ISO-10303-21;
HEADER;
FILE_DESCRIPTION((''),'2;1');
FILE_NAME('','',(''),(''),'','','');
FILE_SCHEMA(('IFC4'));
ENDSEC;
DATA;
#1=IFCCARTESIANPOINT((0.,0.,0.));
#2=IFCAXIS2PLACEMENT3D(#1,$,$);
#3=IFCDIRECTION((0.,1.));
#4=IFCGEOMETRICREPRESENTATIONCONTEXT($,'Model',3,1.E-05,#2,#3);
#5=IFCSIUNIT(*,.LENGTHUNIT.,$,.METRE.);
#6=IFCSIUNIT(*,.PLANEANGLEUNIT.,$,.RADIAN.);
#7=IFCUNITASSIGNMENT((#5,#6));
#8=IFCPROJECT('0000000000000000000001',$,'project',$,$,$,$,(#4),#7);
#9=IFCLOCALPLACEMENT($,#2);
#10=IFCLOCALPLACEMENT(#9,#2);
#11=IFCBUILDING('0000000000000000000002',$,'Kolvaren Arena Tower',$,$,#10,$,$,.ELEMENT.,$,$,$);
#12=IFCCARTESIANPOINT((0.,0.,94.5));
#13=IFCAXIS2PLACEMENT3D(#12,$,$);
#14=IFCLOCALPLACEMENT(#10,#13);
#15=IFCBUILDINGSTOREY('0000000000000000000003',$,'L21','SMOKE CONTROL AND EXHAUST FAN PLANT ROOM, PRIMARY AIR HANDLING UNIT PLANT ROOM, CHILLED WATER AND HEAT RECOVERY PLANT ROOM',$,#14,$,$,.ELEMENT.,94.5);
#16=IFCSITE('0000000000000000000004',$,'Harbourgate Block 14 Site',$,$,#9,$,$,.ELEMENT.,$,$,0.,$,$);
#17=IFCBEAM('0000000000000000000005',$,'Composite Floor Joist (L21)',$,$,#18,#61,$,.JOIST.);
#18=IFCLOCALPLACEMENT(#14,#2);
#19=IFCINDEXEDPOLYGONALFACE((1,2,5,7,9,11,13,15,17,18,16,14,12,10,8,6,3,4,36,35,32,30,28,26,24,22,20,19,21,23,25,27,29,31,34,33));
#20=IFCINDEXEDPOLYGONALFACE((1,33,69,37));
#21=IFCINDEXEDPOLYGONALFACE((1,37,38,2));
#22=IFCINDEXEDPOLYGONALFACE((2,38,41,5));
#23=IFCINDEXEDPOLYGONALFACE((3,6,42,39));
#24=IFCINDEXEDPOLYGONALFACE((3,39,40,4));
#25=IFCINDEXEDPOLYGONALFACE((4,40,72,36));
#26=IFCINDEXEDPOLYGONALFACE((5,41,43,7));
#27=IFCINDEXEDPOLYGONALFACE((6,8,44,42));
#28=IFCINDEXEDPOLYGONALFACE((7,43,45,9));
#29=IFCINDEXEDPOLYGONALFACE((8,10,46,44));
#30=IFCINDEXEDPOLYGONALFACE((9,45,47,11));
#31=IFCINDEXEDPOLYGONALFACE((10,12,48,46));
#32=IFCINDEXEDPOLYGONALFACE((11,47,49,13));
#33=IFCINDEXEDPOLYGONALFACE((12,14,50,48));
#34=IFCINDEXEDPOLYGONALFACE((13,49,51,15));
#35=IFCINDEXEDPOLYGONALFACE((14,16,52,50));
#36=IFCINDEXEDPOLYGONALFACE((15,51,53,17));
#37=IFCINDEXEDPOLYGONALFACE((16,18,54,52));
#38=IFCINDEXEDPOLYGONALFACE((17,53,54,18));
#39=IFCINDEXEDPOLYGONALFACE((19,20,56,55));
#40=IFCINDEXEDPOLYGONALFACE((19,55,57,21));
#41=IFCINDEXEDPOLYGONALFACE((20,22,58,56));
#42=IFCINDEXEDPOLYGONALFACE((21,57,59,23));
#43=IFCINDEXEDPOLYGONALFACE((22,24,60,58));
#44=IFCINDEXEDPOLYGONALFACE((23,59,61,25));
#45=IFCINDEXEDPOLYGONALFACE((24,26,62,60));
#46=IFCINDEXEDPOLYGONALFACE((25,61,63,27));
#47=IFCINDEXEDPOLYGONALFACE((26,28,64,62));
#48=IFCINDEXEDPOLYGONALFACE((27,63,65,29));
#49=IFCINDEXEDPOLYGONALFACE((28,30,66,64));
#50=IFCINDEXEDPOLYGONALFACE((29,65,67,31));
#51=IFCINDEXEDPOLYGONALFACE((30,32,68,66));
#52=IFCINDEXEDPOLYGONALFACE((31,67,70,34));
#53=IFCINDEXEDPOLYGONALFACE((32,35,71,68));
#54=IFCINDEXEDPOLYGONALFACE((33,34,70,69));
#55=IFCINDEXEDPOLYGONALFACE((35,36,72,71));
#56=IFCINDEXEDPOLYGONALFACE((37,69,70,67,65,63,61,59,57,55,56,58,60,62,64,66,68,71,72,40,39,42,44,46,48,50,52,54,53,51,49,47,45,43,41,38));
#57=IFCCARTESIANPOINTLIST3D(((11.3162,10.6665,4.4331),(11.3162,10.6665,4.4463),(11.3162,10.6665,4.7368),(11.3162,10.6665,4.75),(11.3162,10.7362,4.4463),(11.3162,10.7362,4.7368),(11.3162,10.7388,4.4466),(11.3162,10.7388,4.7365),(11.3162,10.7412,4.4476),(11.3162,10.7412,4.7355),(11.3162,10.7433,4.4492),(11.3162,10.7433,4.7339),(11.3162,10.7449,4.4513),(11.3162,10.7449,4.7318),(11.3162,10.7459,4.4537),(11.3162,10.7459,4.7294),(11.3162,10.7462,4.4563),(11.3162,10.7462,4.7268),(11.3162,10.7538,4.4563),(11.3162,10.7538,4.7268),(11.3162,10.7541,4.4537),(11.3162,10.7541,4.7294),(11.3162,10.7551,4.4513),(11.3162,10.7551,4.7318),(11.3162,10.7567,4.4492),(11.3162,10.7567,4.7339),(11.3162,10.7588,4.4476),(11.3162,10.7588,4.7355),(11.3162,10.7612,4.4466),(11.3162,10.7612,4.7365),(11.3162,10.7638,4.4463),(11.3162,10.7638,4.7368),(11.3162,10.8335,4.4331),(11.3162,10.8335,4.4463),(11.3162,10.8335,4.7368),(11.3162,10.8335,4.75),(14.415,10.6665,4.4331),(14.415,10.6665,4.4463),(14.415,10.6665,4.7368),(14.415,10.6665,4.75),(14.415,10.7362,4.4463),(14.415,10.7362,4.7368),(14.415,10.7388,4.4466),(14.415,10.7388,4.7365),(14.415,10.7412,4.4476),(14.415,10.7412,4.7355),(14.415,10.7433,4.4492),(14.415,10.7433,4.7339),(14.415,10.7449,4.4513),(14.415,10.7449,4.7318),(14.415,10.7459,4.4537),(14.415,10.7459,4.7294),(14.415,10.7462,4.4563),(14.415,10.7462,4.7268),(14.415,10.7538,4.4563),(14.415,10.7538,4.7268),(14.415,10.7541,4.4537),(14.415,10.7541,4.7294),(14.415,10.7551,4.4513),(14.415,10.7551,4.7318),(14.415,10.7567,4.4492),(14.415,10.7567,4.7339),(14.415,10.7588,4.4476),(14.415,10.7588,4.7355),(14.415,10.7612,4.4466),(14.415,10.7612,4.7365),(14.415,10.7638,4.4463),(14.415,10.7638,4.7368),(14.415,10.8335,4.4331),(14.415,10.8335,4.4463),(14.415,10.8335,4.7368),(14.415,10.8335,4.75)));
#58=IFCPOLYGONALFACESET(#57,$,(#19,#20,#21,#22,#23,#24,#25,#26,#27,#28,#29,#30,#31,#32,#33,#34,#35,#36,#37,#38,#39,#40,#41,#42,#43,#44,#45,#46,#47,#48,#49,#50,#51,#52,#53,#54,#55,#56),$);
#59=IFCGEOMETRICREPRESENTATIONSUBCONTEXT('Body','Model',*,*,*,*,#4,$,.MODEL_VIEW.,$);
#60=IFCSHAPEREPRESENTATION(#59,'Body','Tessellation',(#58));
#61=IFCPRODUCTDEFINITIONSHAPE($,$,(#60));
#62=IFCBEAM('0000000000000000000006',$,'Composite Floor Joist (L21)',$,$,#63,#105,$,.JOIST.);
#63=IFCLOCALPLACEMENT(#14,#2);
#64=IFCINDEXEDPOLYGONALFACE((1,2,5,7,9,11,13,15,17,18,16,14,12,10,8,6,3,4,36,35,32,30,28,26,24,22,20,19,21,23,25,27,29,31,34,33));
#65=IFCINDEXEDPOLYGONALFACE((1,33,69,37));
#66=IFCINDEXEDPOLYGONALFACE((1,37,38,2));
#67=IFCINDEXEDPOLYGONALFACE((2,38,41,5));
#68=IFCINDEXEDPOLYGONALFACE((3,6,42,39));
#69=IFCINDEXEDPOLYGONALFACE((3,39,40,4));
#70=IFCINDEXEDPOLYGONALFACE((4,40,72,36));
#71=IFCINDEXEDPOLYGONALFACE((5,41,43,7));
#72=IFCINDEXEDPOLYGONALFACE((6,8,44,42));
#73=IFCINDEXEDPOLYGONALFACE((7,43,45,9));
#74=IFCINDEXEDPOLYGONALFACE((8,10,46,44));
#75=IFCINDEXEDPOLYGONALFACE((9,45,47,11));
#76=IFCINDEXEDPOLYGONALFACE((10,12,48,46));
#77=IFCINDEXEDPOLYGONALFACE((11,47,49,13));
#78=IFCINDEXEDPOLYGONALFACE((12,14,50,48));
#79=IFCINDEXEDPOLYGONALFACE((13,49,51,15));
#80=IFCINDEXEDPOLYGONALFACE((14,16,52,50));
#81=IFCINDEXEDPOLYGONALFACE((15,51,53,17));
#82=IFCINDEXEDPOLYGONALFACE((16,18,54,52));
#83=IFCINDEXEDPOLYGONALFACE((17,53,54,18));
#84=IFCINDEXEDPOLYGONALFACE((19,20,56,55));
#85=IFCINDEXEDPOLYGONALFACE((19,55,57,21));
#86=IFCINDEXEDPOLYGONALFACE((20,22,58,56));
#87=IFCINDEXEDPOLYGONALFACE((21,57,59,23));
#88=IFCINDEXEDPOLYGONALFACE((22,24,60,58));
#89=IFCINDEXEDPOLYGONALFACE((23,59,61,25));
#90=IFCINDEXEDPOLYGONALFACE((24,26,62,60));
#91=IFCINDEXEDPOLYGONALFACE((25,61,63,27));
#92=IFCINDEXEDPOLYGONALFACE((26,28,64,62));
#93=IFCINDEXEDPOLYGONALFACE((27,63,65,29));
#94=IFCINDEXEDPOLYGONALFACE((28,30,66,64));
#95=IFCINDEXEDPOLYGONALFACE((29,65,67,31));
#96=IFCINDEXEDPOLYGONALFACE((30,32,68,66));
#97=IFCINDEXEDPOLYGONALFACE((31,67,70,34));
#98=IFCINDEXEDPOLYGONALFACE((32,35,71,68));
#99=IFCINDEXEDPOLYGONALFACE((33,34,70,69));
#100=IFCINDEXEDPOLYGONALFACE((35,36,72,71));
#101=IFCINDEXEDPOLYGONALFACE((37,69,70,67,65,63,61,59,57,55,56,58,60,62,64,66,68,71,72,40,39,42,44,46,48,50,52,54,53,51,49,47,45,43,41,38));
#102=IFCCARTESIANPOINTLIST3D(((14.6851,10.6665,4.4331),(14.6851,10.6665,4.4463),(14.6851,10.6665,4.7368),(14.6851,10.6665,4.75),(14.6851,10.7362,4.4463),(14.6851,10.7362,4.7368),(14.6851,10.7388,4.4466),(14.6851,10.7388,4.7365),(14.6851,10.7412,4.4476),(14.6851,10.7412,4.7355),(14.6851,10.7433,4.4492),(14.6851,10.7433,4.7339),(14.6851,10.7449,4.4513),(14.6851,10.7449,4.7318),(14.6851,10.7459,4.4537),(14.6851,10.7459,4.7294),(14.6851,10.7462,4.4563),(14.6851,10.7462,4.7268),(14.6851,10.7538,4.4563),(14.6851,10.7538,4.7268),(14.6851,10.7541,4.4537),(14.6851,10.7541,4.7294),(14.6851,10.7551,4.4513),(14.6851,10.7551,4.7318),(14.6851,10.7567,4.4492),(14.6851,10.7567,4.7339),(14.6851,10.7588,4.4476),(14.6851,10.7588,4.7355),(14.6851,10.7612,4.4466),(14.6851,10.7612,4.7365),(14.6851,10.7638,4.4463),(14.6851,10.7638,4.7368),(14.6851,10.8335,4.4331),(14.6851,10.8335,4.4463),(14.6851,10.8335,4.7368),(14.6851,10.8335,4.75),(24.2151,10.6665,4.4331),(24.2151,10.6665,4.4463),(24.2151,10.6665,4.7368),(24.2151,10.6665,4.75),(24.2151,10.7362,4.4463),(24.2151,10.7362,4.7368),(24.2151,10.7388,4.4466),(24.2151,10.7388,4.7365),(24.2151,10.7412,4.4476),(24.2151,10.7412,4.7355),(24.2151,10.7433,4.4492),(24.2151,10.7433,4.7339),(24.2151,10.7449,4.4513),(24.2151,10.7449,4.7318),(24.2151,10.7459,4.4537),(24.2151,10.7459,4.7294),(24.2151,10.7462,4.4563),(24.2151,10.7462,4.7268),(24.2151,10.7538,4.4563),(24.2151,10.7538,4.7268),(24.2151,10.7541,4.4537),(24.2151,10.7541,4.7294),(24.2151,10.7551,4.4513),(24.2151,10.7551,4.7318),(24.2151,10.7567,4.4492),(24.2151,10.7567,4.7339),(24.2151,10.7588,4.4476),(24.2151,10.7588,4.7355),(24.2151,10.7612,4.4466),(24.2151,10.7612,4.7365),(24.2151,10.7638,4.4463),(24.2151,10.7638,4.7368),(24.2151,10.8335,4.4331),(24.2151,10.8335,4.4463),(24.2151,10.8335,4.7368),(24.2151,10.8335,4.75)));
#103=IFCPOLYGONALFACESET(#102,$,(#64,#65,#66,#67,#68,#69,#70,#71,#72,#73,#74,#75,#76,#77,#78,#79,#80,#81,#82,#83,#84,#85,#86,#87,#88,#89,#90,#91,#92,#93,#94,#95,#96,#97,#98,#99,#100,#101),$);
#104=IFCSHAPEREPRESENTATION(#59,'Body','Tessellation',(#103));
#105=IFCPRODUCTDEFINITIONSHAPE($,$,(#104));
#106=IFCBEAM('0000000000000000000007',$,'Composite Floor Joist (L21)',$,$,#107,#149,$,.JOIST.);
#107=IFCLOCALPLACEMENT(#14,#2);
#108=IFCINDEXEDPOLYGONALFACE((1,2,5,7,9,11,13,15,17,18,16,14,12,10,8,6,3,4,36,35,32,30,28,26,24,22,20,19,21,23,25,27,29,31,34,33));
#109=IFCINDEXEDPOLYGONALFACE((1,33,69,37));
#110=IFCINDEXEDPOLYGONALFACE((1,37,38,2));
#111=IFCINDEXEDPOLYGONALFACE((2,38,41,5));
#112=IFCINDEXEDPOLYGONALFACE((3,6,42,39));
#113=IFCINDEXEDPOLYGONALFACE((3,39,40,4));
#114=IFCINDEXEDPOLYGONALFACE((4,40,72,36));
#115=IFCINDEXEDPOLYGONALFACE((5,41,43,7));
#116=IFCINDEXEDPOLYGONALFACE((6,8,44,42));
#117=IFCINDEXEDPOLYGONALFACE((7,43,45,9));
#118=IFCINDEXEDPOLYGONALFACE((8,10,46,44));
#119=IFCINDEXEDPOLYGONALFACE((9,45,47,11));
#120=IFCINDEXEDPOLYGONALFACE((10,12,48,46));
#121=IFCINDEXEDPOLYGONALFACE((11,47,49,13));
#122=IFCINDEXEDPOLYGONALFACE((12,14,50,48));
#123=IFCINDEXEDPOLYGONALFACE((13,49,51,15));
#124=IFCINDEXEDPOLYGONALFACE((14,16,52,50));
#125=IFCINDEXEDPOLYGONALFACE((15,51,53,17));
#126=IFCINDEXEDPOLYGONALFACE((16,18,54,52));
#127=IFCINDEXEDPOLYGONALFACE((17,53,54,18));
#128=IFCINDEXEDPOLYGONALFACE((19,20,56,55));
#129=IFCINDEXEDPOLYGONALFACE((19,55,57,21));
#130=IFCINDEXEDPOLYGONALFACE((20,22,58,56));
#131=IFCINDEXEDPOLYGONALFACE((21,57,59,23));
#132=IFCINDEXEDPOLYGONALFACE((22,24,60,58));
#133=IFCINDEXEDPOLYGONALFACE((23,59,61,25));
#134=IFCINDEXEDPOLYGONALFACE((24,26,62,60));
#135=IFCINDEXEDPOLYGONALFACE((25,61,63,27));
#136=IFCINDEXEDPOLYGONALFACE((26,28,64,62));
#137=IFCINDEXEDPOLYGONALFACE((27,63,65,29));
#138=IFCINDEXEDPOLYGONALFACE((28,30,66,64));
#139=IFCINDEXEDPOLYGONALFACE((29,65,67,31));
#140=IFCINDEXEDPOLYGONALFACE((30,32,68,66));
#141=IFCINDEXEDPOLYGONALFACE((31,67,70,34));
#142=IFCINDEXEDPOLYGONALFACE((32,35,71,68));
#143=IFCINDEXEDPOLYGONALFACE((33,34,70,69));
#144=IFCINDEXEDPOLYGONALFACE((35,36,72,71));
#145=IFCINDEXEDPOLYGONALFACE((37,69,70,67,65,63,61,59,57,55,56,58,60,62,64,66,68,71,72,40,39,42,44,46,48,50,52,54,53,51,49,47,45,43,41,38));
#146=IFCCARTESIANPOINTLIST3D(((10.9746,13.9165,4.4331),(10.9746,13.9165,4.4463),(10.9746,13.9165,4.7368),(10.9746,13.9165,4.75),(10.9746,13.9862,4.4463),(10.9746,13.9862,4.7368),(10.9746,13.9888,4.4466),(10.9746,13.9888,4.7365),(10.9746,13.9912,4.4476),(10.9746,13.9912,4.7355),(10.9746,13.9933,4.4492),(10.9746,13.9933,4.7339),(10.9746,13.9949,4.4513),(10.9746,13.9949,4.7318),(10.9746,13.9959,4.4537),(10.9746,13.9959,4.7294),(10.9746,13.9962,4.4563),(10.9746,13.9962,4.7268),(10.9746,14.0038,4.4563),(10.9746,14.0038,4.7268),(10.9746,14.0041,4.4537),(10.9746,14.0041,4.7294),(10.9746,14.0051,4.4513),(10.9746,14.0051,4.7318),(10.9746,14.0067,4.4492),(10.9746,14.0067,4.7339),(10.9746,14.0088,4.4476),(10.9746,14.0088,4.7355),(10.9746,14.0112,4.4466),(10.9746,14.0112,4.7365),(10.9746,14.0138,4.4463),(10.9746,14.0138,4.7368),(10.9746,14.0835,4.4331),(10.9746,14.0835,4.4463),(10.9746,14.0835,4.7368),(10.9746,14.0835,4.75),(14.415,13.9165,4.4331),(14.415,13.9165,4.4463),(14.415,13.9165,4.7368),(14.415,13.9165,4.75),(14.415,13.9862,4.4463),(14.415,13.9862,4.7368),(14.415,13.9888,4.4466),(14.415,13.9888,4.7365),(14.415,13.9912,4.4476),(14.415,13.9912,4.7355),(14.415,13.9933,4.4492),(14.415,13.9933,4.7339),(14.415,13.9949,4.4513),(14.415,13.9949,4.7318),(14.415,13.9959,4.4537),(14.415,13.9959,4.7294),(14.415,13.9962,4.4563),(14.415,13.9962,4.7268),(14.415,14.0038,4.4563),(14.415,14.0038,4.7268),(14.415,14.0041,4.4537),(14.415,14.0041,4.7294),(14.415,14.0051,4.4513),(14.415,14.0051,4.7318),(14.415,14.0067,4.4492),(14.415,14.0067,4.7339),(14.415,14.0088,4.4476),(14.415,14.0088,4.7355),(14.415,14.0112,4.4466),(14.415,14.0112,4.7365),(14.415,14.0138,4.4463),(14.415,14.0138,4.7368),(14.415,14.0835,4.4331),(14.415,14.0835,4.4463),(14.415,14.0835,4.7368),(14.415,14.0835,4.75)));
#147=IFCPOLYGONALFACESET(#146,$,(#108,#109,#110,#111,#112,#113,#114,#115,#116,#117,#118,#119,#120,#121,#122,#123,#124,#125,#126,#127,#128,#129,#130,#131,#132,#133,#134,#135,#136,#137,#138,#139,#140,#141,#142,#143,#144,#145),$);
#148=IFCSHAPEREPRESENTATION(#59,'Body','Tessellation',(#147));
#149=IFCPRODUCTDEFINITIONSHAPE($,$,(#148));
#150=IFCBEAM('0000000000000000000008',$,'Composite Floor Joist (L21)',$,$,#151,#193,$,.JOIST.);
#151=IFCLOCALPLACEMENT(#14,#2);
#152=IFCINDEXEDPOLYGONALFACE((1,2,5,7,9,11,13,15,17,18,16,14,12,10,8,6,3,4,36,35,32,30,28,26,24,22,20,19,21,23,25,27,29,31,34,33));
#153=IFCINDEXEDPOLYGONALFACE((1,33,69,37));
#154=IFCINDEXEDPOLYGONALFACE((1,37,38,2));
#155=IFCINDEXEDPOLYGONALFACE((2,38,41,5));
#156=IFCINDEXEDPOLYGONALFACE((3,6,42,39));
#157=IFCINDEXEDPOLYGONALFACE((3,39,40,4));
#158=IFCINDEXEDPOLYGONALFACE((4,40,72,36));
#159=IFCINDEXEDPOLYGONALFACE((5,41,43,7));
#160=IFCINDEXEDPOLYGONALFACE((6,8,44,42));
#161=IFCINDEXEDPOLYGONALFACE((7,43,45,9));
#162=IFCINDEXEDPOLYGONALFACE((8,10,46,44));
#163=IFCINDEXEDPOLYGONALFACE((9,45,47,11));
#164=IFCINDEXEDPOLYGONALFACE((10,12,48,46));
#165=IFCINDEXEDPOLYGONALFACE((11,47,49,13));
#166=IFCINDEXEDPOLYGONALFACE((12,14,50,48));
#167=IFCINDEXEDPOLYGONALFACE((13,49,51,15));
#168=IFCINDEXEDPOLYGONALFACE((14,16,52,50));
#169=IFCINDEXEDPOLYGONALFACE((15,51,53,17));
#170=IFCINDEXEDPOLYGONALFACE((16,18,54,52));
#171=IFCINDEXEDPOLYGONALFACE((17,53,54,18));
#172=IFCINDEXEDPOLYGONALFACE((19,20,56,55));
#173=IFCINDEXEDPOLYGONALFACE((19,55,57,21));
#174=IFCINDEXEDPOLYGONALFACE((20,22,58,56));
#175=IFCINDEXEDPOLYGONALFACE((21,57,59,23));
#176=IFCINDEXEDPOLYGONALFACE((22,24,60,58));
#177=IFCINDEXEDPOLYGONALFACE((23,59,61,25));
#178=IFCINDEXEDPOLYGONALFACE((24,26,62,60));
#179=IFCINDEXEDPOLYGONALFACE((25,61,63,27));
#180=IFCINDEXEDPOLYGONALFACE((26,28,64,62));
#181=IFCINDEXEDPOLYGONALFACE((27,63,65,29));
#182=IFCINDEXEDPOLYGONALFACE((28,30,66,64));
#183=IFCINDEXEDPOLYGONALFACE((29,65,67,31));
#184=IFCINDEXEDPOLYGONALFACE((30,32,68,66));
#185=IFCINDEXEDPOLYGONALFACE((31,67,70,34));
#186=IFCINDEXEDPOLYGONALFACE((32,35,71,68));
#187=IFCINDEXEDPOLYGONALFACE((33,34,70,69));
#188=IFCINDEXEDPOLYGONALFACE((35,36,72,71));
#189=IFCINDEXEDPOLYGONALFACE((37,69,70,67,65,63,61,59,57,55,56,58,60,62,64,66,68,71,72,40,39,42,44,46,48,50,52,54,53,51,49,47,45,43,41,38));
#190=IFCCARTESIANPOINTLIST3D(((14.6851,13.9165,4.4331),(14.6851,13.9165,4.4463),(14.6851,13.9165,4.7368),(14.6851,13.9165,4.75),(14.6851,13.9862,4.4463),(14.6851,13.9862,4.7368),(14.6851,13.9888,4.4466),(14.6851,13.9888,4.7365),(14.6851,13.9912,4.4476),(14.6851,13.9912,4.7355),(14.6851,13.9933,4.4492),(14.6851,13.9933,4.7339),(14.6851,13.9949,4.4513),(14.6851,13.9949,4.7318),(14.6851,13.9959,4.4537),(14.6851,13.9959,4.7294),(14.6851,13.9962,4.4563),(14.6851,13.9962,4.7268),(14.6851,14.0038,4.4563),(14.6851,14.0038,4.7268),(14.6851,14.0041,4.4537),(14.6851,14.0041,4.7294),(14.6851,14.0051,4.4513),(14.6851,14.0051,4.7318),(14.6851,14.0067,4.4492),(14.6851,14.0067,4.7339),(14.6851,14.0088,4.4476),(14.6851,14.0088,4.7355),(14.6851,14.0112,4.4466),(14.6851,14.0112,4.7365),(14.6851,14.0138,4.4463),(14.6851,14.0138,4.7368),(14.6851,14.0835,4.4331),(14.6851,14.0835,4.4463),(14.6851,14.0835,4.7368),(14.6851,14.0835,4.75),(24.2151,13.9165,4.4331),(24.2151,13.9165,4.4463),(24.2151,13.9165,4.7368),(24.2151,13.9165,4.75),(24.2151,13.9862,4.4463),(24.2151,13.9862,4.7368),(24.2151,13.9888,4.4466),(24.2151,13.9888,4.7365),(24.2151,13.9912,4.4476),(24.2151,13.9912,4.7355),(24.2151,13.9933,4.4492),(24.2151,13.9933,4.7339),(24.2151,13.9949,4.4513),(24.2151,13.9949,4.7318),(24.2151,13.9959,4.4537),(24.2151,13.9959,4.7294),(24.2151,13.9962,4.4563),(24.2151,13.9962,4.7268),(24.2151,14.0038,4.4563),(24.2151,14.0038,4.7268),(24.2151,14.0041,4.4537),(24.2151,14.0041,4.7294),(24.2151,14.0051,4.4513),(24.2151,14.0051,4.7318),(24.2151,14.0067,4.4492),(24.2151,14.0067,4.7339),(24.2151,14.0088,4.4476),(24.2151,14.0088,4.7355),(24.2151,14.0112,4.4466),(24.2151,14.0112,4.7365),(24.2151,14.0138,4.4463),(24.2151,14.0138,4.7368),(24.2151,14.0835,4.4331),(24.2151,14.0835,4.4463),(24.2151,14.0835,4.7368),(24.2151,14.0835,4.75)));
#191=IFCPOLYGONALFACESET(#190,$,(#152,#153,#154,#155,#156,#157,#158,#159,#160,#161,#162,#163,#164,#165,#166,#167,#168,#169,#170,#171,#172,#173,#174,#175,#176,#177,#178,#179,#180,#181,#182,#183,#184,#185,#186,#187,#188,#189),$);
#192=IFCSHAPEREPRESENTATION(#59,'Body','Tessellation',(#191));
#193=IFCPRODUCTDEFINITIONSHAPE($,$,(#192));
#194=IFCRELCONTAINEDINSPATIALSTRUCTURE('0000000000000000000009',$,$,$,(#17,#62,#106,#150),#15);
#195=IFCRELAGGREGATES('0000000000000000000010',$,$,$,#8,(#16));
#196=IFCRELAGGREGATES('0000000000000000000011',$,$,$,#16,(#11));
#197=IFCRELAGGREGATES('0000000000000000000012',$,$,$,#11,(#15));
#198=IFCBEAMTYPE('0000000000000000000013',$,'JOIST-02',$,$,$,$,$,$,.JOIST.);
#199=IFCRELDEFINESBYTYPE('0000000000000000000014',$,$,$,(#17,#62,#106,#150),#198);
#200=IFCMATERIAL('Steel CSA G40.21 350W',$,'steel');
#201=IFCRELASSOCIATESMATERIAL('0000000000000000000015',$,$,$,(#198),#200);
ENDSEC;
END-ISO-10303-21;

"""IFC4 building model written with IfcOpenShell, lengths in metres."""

from ifc_helpers import new_model, si_unit, direction, frame, origin, origin_2d, place, context, subcontext, project, spatial, i_section, extrude, material, material_profile, profile_set, type_object, element, save


model = new_model("IFC4")

# Units and contexts
model_context = context("Model", 3, precision=1e-05, world=origin(), true_north=direction((0.0, 1.0)))
body_context = subcontext(model_context, "Body", "Model", "MODEL_VIEW")
ifc_project = project(units=[si_unit("LENGTHUNIT", "METRE"), si_unit("PLANEANGLEUNIT", "RADIAN")], contexts=[model_context])

# Site, building, storey
site_placement = place(None, origin())
site = spatial("IfcSite", under=ifc_project, at=site_placement, Name="Harbourgate Block 14 Site", CompositionType="ELEMENT", RefElevation=0.0)
building_placement = place(site_placement, origin())
building = spatial("IfcBuilding", under=site, at=building_placement, Name="Kolvaren Arena Tower", CompositionType="ELEMENT")
storey_placement = place(building_placement, frame((0.0, 0.0, 94.5)))
storey = spatial("IfcBuildingStorey", under=building, at=storey_placement, Name="L21", Description="SMOKE CONTROL AND EXHAUST FAN PLANT ROOM, PRIMARY AIR HANDLING UNIT PLANT ROOM, CHILLED WATER AND HEAT RECOVERY PLANT ROOM", CompositionType="ELEMENT", Elevation=94.5)

# Beams
ifc_material_1 = material(Name="Steel CSA G40.21 350W", Category="steel")
ifc_material_profile_1 = material_profile(ifc_material_1, i_section(OverallWidth=0.167, OverallDepth=0.3169, WebThickness=0.0076, FlangeThickness=0.0132, FilletRadius=0.01, at=origin_2d()), Name="W310x52")
ifc_profile_set_1 = profile_set([ifc_material_profile_1], Name="Steel CSA G40.21 350W")
beam_type_1 = type_object("IfcBeamType", Name="JOIST-02", PredefinedType="JOIST", material=ifc_profile_set_1)
beam_1_placement = place(storey_placement, frame((11.3162, 10.75, 4.5916), z_axis=(1.0, 0.0, 0.0), x_axis=(0.0, 1.0, 0.0)))
element("IfcBeam", 1, at=beam_1_placement, inside=storey, type_object=beam_type_1, Name="Composite Floor Joist (L21)", PredefinedType="JOIST", context=body_context, shape_type="SweptSolid", body=[
    extrude(i_section(OverallWidth=0.167, OverallDepth=0.3169, WebThickness=0.0076, FlangeThickness=0.0132, FilletRadius=0.01, at=origin_2d()), origin(), (0.0, 0.0, 1.0), 3.0989),
])
beam_2_placement = place(storey_placement, frame((14.6851, 10.75, 4.5916), z_axis=(1.0, 0.0, 0.0), x_axis=(0.0, 1.0, 0.0)))
element("IfcBeam", 2, at=beam_2_placement, inside=storey, type_object=beam_type_1, Name="Composite Floor Joist (L21)", PredefinedType="JOIST", context=body_context, shape_type="SweptSolid", body=[
    extrude(i_section(OverallWidth=0.167, OverallDepth=0.3169, WebThickness=0.0076, FlangeThickness=0.0132, FilletRadius=0.01, at=origin_2d()), origin(), (0.0, 0.0, 1.0), 9.53),
])
beam_3_placement = place(storey_placement, frame((10.9746, 14.0, 4.5916), z_axis=(1.0, 0.0, 0.0), x_axis=(0.0, 1.0, 0.0)))
element("IfcBeam", 3, at=beam_3_placement, inside=storey, type_object=beam_type_1, Name="Composite Floor Joist (L21)", PredefinedType="JOIST", context=body_context, shape_type="SweptSolid", body=[
    extrude(i_section(OverallWidth=0.167, OverallDepth=0.3169, WebThickness=0.0076, FlangeThickness=0.0132, FilletRadius=0.01, at=origin_2d()), origin(), (0.0, 0.0, 1.0), 3.4404),
])
beam_4_placement = place(storey_placement, frame((14.6851, 14.0, 4.5916), z_axis=(1.0, 0.0, 0.0), x_axis=(0.0, 1.0, 0.0)))
element("IfcBeam", 4, at=beam_4_placement, inside=storey, type_object=beam_type_1, Name="Composite Floor Joist (L21)", PredefinedType="JOIST", context=body_context, shape_type="SweptSolid", body=[
    extrude(i_section(OverallWidth=0.167, OverallDepth=0.3169, WebThickness=0.0076, FlangeThickness=0.0132, FilletRadius=0.01, at=origin_2d()), origin(), (0.0, 0.0, 1.0), 9.53),
])

save(model, "model.ifc")
